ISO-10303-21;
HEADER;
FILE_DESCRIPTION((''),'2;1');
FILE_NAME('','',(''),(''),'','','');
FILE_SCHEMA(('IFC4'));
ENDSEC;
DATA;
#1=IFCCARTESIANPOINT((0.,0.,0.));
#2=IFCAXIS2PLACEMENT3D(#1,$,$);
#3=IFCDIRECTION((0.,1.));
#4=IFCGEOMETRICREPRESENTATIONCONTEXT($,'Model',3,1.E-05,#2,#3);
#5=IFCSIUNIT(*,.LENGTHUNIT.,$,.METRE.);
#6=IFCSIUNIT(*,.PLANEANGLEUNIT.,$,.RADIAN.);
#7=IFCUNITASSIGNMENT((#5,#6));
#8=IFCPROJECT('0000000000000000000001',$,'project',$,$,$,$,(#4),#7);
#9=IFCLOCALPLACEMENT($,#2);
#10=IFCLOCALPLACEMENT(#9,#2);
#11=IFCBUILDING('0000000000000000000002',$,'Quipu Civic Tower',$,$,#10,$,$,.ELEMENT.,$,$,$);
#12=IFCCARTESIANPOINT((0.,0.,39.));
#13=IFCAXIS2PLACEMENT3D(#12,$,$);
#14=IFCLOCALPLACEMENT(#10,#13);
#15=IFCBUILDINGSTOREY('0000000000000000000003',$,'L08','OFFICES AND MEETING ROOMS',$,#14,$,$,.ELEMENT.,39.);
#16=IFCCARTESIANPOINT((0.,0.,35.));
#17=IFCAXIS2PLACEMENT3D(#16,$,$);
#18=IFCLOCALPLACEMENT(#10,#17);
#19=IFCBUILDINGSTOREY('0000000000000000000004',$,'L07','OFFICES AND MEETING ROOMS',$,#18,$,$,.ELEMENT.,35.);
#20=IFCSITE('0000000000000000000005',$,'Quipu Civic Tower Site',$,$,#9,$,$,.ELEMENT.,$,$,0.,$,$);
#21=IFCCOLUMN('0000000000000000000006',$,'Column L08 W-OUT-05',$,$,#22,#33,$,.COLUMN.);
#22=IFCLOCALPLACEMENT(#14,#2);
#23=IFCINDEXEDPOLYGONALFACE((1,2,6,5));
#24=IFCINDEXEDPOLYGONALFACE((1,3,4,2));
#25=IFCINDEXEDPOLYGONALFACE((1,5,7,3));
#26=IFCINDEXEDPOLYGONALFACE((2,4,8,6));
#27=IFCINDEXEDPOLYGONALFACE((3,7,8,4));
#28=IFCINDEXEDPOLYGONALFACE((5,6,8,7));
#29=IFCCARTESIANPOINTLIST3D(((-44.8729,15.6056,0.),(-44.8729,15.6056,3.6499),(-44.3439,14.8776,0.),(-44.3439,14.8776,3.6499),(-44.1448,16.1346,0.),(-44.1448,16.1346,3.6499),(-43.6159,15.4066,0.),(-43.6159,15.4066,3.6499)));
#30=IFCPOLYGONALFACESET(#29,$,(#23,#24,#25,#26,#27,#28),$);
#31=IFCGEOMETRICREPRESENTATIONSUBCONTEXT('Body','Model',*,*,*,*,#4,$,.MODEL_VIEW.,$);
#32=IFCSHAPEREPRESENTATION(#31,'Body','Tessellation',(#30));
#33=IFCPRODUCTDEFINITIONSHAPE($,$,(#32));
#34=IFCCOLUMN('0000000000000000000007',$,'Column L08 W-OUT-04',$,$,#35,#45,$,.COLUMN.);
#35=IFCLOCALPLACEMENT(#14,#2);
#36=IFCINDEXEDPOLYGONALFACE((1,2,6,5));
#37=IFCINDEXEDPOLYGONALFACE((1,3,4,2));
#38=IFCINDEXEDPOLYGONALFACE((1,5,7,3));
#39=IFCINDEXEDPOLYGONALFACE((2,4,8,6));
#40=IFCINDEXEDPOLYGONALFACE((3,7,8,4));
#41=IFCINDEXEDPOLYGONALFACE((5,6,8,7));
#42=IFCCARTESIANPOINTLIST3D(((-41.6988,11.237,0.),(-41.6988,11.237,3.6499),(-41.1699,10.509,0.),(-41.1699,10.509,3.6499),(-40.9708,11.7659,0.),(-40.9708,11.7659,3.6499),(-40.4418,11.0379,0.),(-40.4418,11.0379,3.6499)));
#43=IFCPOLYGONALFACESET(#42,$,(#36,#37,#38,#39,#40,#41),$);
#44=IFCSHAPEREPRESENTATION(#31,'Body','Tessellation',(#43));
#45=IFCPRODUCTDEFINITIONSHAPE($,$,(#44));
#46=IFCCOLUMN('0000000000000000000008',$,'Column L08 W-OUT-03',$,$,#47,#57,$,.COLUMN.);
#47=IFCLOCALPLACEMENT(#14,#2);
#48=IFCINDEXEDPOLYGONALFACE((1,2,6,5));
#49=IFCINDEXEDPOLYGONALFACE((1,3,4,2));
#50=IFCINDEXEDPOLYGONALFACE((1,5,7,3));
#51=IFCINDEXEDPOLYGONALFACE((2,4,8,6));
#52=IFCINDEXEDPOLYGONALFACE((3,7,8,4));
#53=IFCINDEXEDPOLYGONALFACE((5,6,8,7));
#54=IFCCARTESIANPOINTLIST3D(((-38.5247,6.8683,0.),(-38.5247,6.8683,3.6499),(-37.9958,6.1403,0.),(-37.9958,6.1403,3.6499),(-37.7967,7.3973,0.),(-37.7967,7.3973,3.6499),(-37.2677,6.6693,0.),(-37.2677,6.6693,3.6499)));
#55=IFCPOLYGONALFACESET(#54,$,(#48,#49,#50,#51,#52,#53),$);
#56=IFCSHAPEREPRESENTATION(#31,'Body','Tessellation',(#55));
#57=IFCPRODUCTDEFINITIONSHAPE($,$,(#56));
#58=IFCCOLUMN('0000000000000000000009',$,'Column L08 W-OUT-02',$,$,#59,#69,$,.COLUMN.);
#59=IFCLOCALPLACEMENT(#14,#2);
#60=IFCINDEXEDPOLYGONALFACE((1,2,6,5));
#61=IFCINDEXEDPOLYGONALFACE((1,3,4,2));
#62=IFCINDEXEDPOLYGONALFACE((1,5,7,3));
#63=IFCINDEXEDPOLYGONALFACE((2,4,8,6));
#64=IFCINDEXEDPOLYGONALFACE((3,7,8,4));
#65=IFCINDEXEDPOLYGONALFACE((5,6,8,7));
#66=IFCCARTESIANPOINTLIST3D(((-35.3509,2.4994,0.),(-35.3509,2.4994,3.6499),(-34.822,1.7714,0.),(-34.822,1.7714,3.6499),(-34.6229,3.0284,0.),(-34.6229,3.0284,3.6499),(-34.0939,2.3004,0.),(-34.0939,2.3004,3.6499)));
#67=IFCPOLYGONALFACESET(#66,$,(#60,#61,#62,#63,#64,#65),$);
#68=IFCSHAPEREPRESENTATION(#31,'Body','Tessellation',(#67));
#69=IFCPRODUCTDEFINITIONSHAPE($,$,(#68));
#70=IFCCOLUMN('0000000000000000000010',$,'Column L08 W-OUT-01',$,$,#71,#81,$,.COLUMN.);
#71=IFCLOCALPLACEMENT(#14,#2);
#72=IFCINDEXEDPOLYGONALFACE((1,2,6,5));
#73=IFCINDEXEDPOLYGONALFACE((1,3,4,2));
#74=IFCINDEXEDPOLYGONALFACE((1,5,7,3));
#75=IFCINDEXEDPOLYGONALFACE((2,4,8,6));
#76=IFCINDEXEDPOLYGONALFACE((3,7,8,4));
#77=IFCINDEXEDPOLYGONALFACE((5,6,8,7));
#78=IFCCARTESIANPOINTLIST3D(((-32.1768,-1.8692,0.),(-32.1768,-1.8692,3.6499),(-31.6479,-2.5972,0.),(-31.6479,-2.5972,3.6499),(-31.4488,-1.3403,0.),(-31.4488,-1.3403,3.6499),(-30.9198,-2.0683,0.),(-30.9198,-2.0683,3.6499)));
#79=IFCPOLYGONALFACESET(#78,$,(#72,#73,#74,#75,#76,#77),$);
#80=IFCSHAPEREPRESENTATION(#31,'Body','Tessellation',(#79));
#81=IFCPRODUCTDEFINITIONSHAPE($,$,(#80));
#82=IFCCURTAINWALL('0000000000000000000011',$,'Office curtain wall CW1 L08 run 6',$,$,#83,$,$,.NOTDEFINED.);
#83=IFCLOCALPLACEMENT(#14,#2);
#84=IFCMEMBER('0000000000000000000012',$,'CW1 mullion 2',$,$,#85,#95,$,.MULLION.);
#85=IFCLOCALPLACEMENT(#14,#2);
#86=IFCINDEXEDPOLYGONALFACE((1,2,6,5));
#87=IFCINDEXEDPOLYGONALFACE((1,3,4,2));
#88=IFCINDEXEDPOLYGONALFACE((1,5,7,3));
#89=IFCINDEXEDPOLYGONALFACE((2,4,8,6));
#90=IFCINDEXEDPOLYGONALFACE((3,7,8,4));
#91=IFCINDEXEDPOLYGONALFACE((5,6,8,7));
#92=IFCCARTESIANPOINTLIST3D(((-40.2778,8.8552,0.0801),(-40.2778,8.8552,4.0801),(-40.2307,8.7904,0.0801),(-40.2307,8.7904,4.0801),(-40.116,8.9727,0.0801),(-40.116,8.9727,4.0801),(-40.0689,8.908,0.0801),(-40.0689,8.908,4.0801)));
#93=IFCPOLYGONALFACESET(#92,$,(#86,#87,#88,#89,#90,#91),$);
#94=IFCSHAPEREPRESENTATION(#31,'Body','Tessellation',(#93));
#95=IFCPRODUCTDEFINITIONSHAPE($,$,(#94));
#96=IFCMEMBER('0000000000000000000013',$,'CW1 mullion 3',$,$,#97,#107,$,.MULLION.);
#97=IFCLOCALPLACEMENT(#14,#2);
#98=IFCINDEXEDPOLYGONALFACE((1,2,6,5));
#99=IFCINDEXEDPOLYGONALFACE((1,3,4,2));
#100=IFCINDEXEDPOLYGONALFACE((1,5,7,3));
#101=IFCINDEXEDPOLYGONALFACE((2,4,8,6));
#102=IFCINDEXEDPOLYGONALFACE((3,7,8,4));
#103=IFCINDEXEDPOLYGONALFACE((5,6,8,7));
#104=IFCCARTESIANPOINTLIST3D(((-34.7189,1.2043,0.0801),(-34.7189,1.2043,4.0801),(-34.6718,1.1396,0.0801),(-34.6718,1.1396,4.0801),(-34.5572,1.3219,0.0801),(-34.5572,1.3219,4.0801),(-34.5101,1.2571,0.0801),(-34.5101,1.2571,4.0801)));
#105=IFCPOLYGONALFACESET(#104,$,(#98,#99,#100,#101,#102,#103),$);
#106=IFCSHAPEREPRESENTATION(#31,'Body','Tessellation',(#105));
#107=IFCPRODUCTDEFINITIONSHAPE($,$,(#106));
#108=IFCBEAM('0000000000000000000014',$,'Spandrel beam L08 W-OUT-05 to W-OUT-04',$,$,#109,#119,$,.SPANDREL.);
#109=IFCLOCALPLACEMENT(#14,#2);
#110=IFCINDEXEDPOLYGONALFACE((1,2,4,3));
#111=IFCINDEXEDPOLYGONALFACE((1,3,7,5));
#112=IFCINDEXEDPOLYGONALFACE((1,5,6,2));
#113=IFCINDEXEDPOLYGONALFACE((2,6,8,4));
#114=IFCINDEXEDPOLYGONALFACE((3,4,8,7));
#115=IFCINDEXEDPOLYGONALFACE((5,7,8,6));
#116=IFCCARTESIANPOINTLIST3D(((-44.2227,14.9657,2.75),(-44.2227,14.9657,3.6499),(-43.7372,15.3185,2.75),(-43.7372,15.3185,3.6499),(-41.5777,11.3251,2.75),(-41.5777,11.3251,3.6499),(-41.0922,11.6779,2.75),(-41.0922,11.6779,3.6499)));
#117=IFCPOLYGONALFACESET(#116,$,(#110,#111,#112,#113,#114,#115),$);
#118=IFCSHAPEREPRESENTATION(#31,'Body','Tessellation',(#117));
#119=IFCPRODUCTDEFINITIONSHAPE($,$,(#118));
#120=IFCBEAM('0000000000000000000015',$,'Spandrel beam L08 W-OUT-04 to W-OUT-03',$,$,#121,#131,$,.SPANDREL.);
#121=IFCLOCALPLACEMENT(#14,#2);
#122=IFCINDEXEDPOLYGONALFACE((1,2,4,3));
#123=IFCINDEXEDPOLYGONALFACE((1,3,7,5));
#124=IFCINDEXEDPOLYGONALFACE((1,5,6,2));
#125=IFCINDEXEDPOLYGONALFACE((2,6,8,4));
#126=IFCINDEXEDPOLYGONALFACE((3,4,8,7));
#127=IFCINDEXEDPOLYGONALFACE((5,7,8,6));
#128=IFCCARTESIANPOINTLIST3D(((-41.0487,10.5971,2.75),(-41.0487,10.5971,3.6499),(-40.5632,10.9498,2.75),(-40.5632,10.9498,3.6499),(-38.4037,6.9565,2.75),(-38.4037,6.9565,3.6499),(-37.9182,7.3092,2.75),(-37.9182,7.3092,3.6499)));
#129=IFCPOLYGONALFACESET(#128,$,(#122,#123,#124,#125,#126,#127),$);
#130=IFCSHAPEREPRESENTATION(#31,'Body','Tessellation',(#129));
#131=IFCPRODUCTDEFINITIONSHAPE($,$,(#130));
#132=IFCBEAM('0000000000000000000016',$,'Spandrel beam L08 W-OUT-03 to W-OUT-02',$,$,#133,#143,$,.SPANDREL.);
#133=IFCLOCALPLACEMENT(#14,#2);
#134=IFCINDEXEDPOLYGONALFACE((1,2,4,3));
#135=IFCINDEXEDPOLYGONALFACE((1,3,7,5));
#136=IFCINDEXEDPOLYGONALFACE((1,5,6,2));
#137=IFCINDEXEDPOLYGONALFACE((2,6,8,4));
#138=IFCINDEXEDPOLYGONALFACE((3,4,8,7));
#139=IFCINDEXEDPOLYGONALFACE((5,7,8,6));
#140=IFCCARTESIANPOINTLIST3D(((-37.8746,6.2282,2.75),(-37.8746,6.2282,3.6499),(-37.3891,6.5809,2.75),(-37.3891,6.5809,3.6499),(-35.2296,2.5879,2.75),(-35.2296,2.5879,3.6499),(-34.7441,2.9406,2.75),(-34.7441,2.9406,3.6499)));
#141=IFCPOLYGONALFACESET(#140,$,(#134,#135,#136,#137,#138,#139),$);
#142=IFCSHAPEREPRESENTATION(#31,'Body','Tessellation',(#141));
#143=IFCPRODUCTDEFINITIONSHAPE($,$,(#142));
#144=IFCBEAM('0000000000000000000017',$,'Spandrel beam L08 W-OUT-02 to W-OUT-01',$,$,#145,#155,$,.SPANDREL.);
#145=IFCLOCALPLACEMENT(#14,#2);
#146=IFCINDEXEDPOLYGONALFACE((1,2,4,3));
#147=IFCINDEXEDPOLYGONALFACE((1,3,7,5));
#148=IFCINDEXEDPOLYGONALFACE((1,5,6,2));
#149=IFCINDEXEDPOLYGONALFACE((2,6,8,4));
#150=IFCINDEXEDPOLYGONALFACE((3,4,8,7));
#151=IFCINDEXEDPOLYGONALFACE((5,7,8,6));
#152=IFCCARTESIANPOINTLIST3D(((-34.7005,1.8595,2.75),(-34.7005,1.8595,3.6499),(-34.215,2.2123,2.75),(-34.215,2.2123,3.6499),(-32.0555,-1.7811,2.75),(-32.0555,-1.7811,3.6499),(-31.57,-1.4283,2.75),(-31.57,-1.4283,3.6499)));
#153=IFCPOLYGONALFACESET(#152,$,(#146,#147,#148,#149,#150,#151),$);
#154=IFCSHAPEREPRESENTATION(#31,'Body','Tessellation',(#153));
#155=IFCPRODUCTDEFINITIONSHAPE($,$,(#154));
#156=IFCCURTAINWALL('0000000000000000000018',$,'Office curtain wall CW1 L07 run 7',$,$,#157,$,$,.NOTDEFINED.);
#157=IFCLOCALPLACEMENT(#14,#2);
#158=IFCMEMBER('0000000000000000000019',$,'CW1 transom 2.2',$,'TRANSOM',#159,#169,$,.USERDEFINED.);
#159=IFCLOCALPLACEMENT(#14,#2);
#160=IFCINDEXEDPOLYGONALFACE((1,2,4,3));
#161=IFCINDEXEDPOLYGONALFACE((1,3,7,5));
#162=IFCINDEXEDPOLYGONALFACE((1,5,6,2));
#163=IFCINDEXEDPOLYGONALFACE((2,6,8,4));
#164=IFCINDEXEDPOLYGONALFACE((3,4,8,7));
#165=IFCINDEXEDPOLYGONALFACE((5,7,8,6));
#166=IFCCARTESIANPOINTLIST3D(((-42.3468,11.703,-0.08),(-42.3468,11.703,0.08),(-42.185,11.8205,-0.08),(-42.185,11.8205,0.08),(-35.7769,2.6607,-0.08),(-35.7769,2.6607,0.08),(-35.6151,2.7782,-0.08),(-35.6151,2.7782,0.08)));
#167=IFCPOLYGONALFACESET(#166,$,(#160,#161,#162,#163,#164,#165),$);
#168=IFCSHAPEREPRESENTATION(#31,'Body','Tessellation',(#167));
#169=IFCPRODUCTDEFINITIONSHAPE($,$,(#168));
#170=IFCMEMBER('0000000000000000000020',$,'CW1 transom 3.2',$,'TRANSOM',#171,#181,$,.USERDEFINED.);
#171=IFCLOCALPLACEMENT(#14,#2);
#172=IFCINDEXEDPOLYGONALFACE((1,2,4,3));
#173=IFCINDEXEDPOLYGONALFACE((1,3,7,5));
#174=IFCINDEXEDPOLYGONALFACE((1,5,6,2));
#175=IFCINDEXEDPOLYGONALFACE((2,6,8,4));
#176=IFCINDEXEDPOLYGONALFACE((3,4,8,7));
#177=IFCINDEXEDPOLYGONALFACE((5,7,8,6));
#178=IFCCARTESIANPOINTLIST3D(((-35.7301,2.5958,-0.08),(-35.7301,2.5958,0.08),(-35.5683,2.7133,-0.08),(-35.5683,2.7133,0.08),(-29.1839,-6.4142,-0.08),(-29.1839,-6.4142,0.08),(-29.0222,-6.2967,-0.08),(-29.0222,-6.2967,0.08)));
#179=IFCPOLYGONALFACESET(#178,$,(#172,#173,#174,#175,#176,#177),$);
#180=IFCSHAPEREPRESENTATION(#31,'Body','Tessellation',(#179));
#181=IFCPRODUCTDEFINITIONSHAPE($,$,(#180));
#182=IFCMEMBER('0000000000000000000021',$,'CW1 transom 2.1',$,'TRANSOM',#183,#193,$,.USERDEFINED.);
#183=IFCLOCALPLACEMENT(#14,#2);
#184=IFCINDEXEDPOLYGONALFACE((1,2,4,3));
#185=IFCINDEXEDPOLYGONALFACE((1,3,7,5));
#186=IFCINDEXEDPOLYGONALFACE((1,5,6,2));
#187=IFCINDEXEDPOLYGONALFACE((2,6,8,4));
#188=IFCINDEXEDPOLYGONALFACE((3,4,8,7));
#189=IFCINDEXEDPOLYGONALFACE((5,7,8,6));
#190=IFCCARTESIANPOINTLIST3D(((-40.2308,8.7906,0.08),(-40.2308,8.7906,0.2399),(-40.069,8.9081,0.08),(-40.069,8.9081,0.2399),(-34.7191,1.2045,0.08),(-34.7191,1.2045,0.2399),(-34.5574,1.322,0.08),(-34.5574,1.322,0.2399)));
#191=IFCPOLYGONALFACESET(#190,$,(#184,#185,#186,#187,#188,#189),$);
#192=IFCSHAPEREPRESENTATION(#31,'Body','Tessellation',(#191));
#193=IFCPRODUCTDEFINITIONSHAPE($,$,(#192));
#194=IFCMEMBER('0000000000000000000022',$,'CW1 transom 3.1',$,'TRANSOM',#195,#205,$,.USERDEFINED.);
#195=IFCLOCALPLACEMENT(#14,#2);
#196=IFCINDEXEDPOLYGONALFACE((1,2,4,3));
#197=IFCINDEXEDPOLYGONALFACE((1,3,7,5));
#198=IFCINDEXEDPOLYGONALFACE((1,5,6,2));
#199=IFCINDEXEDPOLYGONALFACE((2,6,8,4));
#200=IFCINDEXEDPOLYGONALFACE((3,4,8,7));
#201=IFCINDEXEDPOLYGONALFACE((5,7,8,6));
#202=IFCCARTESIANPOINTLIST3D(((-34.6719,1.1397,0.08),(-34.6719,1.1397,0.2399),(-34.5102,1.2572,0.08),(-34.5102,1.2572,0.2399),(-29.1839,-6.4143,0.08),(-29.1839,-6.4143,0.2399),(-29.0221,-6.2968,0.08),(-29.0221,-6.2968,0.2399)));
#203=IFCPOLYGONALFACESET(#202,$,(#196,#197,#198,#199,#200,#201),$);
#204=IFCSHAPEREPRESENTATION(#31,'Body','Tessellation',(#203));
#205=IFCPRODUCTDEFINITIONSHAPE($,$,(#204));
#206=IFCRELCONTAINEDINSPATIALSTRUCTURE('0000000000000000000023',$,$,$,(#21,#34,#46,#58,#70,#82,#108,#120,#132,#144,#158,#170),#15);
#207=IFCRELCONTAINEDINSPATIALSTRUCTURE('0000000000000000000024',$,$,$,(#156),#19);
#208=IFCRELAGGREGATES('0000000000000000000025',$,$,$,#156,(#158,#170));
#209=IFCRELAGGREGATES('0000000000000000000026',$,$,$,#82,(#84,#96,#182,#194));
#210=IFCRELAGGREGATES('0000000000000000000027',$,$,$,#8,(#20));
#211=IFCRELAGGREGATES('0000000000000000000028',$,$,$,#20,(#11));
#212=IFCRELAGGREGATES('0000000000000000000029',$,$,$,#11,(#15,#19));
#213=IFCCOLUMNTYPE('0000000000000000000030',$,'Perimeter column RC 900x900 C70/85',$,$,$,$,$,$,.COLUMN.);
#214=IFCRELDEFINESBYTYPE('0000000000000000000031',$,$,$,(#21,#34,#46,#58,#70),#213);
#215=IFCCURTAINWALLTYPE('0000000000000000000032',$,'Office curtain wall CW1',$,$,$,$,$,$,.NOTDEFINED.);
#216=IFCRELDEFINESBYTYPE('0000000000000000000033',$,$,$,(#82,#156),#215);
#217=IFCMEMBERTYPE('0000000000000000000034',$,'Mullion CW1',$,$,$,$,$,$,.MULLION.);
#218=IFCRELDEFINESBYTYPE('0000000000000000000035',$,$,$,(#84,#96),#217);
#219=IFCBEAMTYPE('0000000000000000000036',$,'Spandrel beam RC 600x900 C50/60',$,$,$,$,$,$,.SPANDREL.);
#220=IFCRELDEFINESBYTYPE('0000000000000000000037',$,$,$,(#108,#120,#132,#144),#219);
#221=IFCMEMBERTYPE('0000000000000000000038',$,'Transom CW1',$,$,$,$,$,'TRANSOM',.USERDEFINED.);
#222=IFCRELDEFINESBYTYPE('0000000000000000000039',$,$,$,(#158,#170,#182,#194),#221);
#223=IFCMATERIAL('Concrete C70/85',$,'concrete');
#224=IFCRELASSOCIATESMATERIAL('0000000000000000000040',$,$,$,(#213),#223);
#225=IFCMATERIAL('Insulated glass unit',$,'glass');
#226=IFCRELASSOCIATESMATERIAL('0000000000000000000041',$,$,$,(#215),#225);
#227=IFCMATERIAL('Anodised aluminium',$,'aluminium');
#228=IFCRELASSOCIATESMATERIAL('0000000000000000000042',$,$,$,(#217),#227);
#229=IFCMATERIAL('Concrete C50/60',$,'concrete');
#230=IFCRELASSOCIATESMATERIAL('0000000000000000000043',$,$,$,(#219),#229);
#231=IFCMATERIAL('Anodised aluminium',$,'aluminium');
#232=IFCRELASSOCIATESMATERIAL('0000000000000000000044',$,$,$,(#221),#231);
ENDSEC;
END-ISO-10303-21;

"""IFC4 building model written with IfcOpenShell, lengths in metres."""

from ifc_helpers import new_model, si_unit, direction, frame, origin, origin_2d, place, context, subcontext, project, spatial, rectangle, extrude, material, material_profile, profile_set, type_object, element, aggregate, save


model = new_model("IFC4")

# Units and contexts
model_context = context("Model", 3, precision=1e-05, world=origin(), true_north=direction((0.0, 1.0)))
body_context = subcontext(model_context, "Body", "Model", "MODEL_VIEW")
ifc_project = project(units=[si_unit("LENGTHUNIT", "METRE"), si_unit("PLANEANGLEUNIT", "RADIAN")], contexts=[model_context])

# Site, building, storey
site_placement = place(None, origin())
site = spatial("IfcSite", under=ifc_project, at=site_placement, Name="Quipu Civic Tower Site", CompositionType="ELEMENT", RefElevation=0.0)
building_placement = place(site_placement, origin())
building = spatial("IfcBuilding", under=site, at=building_placement, Name="Quipu Civic Tower", CompositionType="ELEMENT")
storey_1_placement = place(building_placement, frame((0.0, 0.0, 39.0)))
storey_1 = spatial("IfcBuildingStorey", under=building, at=storey_1_placement, Name="L08", Description="OFFICES AND MEETING ROOMS", CompositionType="ELEMENT", Elevation=39.0)

# Columns
ifc_material_1 = material(Name="Concrete C70/85", Category="concrete")
ifc_material_profile_1 = material_profile(ifc_material_1, rectangle(XDim=0.8999, YDim=0.8999, at=origin_2d()), Name="RC900x900")
ifc_profile_set_1 = profile_set([ifc_material_profile_1], Name="Concrete C70/85")
column_type = type_object("IfcColumnType", Name="Perimeter column RC 900x900 C70/85", PredefinedType="COLUMN", material=ifc_profile_set_1)
for number, where, z_axis, x_axis, name in (
    (1, (-44.2444, 15.5061, 0.0), (0.0, 0.0, 1.0), (0.587785, -0.809017, 0.0), "Column L08 W-OUT-05"),
    (2, (-41.0703, 11.1375, 0.0), (0.0, 0.0, 1.0), (0.587785, -0.809017, 0.0), "Column L08 W-OUT-04"),
    (3, (-37.8962, 6.7688, 0.0), (0.0, 0.0, 1.0), (0.587785, -0.809017, 0.0), "Column L08 W-OUT-03"),
    (4, (-34.7224, 2.3999, 0.0), (0.0, 0.0, 1.0), (0.587785, -0.809017, 0.0), "Column L08 W-OUT-02"),
    (5, (-31.5483, -1.9688, 0.0), (0.0, 0.0, 1.0), (0.587785, -0.809017, 0.0), "Column L08 W-OUT-01"),
):
    element("IfcColumn", number, at=place(storey_1_placement, frame(where, z_axis=z_axis, x_axis=x_axis)), inside=storey_1, type_object=column_type, Name=name, PredefinedType="COLUMN", context=body_context, shape_type="SweptSolid", body=[
        extrude(rectangle(XDim=0.8999, YDim=0.8999, at=origin_2d()), origin(), (0.0, 0.0, 1.0), 3.6499),
    ])

# Curtain wall, members
ifc_material_2 = material(Name="Insulated glass unit", Category="glass")
curtain_wall_type = type_object("IfcCurtainWallType", Name="Office curtain wall CW1", PredefinedType="NOTDEFINED", material=ifc_material_2)
curtain_wall_1_placement = place(storey_1_placement, origin())
curtain_wall_1 = element("IfcCurtainWall", 6, at=curtain_wall_1_placement, inside=storey_1, type_object=curtain_wall_type, Name="Office curtain wall CW1 L08 run 6", PredefinedType="NOTDEFINED")
ifc_material_3 = material(Name="Anodised aluminium", Category="aluminium")
ifc_material_profile_2 = material_profile(ifc_material_3, rectangle(XDim=0.2, YDim=0.0801, at=origin_2d()), Name="RECT 200x80")
ifc_profile_set_2 = profile_set([ifc_material_profile_2], Name="Anodised aluminium")
member_type_1 = type_object("IfcMemberType", Name="Mullion CW1", PredefinedType="MULLION", material=ifc_profile_set_2)
member_1_placement = place(storey_1_placement, frame((-40.1733, 8.8816, 0.0801), z_axis=(0.0, 0.0, 1.0), x_axis=(0.809016, 0.587787, 0.0)))
member_1 = element("IfcMember", 7, at=member_1_placement, type_object=member_type_1, Name="CW1 mullion 2", PredefinedType="MULLION", context=body_context, shape_type="SweptSolid", body=[
    extrude(rectangle(XDim=0.2, YDim=0.0801, at=origin_2d()), origin(), (0.0, 0.0, 1.0), 4.0),
])
member_2_placement = place(storey_1_placement, frame((-34.6145, 1.2307, 0.0801), z_axis=(0.0, 0.0, 1.0), x_axis=(0.809016, 0.587787, 0.0)))
member_2 = element("IfcMember", 8, at=member_2_placement, type_object=member_type_1, Name="CW1 mullion 3", PredefinedType="MULLION", context=body_context, shape_type="SweptSolid", body=[
    extrude(rectangle(XDim=0.2, YDim=0.0801, at=origin_2d()), origin(), (0.0, 0.0, 1.0), 4.0),
])

# Beams
ifc_material_4 = material(Name="Concrete C50/60", Category="concrete")
ifc_material_profile_3 = material_profile(ifc_material_4, rectangle(XDim=0.6001, YDim=0.8999, at=origin_2d()), Name="RC600x900")
ifc_profile_set_3 = profile_set([ifc_material_profile_3], Name="Concrete C50/60")
beam_type = type_object("IfcBeamType", Name="Spandrel beam RC 600x900 C50/60", PredefinedType="SPANDREL", material=ifc_profile_set_3)
for number, where, z_axis, x_axis, name in (
    (9, (-43.98, 15.1421, 3.2), (0.587778, -0.809022, 0.0), (0.809022, 0.587778, 0.0), "Spandrel beam L08 W-OUT-05 to W-OUT-04"),
    (10, (-40.8059, 10.7734, 3.2), (0.587778, -0.809022, 0.0), (0.809022, 0.587778, 0.0), "Spandrel beam L08 W-OUT-04 to W-OUT-03"),
):
    element("IfcBeam", number, at=place(storey_1_placement, frame(where, z_axis=z_axis, x_axis=x_axis)), inside=storey_1, type_object=beam_type, Name=name, PredefinedType="SPANDREL", context=body_context, shape_type="SweptSolid", body=[
        extrude(rectangle(XDim=0.6001, YDim=0.8999, at=origin_2d()), origin(), (0.0, 0.0, 1.0), 4.5),
    ])
beam_1_placement = place(storey_1_placement, frame((-37.6318, 6.4045, 3.2), z_axis=(0.587804, -0.809003, 0.0), x_axis=(0.809003, 0.587804, 0.0)))
element("IfcBeam", 11, at=beam_1_placement, inside=storey_1, type_object=beam_type, Name="Spandrel beam L08 W-OUT-03 to W-OUT-02", PredefinedType="SPANDREL", context=body_context, shape_type="SweptSolid", body=[
    extrude(rectangle(XDim=0.6001, YDim=0.8999, at=origin_2d()), origin(), (0.0, 0.0, 1.0), 4.4998),
])
beam_2_placement = place(storey_1_placement, frame((-34.4578, 2.0359, 3.2), z_axis=(0.587778, -0.809022, 0.0), x_axis=(0.809022, 0.587778, 0.0)))
element("IfcBeam", 12, at=beam_2_placement, inside=storey_1, type_object=beam_type, Name="Spandrel beam L08 W-OUT-02 to W-OUT-01", PredefinedType="SPANDREL", context=body_context, shape_type="SweptSolid", body=[
    extrude(rectangle(XDim=0.6001, YDim=0.8999, at=origin_2d()), origin(), (0.0, 0.0, 1.0), 4.5),
])

# Shared definitions
storey_2_placement = place(building_placement, frame((0.0, 0.0, 35.0)))
storey_2 = spatial("IfcBuildingStorey", under=building, at=storey_2_placement, Name="L07", Description="OFFICES AND MEETING ROOMS", CompositionType="ELEMENT", Elevation=35.0)

# Curtain wall, members
curtain_wall_2_placement = place(storey_2_placement, origin())
curtain_wall_2 = element("IfcCurtainWall", 13, at=curtain_wall_2_placement, inside=storey_2, type_object=curtain_wall_type, Name="Office curtain wall CW1 L07 run 7", PredefinedType="NOTDEFINED")
ifc_material_5 = material(Name="Anodised aluminium", Category="aluminium")
ifc_material_profile_4 = material_profile(ifc_material_5, rectangle(XDim=0.2, YDim=0.1599, at=origin_2d()), Name="RECT 200x160")
ifc_profile_set_4 = profile_set([ifc_material_profile_4], Name="Anodised aluminium")
member_type_2 = type_object("IfcMemberType", Name="Transom CW1", ElementType="TRANSOM", PredefinedType="USERDEFINED", material=ifc_profile_set_4)
member_3_placement = place(storey_1_placement, frame((-42.2659, 11.7617, 0.0), z_axis=(0.5878, -0.809006, 0.0), x_axis=(0.809006, 0.5878, 0.0)))
member_3 = element("IfcMember", 14, at=member_3_placement, inside=storey_1, type_object=member_type_2, Name="CW1 transom 2.2", ObjectType="TRANSOM", PredefinedType="USERDEFINED", context=body_context, shape_type="SweptSolid", body=[
    extrude(rectangle(XDim=0.2, YDim=0.1599, at=origin_2d()), origin(), (0.0, 0.0, 1.0), 11.177),
])
member_4_placement = place(storey_1_placement, frame((-35.6492, 2.6545, 0.0), z_axis=(0.587785, -0.809018, 0.0), x_axis=(0.809018, 0.587785, 0.0)))
member_4 = element("IfcMember", 15, at=member_4_placement, inside=storey_1, type_object=member_type_2, Name="CW1 transom 3.2", ObjectType="TRANSOM", PredefinedType="USERDEFINED", context=body_context, shape_type="SweptSolid", body=[
    extrude(rectangle(XDim=0.2, YDim=0.1599, at=origin_2d()), origin(), (0.0, 0.0, 1.0), 11.137),
])
aggregate(curtain_wall_2, [member_3, member_4])

# Members
member_5_placement = place(storey_1_placement, frame((-40.1499, 8.8494, 0.1599), z_axis=(0.587788, -0.809015, 0.0), x_axis=(0.809015, 0.587788, 0.0)))
member_5 = element("IfcMember", 16, at=member_5_placement, type_object=member_type_2, Name="CW1 transom 2.1", ObjectType="TRANSOM", PredefinedType="USERDEFINED", context=body_context, shape_type="SweptSolid", body=[
    extrude(rectangle(XDim=0.2, YDim=0.1599, at=origin_2d()), origin(), (0.0, 0.0, 1.0), 9.377),
])
member_6_placement = place(storey_1_placement, frame((-34.5911, 1.1985, 0.1599), z_axis=(0.587769, -0.809029, 0.0), x_axis=(0.809029, 0.587769, 0.0)))
member_6 = element("IfcMember", 17, at=member_6_placement, type_object=member_type_2, Name="CW1 transom 3.1", ObjectType="TRANSOM", PredefinedType="USERDEFINED", context=body_context, shape_type="SweptSolid", body=[
    extrude(rectangle(XDim=0.2, YDim=0.1599, at=origin_2d()), origin(), (0.0, 0.0, 1.0), 9.3372),
])

aggregate(curtain_wall_1, [member_1, member_2, member_5, member_6])

save(model, "model.ifc")
